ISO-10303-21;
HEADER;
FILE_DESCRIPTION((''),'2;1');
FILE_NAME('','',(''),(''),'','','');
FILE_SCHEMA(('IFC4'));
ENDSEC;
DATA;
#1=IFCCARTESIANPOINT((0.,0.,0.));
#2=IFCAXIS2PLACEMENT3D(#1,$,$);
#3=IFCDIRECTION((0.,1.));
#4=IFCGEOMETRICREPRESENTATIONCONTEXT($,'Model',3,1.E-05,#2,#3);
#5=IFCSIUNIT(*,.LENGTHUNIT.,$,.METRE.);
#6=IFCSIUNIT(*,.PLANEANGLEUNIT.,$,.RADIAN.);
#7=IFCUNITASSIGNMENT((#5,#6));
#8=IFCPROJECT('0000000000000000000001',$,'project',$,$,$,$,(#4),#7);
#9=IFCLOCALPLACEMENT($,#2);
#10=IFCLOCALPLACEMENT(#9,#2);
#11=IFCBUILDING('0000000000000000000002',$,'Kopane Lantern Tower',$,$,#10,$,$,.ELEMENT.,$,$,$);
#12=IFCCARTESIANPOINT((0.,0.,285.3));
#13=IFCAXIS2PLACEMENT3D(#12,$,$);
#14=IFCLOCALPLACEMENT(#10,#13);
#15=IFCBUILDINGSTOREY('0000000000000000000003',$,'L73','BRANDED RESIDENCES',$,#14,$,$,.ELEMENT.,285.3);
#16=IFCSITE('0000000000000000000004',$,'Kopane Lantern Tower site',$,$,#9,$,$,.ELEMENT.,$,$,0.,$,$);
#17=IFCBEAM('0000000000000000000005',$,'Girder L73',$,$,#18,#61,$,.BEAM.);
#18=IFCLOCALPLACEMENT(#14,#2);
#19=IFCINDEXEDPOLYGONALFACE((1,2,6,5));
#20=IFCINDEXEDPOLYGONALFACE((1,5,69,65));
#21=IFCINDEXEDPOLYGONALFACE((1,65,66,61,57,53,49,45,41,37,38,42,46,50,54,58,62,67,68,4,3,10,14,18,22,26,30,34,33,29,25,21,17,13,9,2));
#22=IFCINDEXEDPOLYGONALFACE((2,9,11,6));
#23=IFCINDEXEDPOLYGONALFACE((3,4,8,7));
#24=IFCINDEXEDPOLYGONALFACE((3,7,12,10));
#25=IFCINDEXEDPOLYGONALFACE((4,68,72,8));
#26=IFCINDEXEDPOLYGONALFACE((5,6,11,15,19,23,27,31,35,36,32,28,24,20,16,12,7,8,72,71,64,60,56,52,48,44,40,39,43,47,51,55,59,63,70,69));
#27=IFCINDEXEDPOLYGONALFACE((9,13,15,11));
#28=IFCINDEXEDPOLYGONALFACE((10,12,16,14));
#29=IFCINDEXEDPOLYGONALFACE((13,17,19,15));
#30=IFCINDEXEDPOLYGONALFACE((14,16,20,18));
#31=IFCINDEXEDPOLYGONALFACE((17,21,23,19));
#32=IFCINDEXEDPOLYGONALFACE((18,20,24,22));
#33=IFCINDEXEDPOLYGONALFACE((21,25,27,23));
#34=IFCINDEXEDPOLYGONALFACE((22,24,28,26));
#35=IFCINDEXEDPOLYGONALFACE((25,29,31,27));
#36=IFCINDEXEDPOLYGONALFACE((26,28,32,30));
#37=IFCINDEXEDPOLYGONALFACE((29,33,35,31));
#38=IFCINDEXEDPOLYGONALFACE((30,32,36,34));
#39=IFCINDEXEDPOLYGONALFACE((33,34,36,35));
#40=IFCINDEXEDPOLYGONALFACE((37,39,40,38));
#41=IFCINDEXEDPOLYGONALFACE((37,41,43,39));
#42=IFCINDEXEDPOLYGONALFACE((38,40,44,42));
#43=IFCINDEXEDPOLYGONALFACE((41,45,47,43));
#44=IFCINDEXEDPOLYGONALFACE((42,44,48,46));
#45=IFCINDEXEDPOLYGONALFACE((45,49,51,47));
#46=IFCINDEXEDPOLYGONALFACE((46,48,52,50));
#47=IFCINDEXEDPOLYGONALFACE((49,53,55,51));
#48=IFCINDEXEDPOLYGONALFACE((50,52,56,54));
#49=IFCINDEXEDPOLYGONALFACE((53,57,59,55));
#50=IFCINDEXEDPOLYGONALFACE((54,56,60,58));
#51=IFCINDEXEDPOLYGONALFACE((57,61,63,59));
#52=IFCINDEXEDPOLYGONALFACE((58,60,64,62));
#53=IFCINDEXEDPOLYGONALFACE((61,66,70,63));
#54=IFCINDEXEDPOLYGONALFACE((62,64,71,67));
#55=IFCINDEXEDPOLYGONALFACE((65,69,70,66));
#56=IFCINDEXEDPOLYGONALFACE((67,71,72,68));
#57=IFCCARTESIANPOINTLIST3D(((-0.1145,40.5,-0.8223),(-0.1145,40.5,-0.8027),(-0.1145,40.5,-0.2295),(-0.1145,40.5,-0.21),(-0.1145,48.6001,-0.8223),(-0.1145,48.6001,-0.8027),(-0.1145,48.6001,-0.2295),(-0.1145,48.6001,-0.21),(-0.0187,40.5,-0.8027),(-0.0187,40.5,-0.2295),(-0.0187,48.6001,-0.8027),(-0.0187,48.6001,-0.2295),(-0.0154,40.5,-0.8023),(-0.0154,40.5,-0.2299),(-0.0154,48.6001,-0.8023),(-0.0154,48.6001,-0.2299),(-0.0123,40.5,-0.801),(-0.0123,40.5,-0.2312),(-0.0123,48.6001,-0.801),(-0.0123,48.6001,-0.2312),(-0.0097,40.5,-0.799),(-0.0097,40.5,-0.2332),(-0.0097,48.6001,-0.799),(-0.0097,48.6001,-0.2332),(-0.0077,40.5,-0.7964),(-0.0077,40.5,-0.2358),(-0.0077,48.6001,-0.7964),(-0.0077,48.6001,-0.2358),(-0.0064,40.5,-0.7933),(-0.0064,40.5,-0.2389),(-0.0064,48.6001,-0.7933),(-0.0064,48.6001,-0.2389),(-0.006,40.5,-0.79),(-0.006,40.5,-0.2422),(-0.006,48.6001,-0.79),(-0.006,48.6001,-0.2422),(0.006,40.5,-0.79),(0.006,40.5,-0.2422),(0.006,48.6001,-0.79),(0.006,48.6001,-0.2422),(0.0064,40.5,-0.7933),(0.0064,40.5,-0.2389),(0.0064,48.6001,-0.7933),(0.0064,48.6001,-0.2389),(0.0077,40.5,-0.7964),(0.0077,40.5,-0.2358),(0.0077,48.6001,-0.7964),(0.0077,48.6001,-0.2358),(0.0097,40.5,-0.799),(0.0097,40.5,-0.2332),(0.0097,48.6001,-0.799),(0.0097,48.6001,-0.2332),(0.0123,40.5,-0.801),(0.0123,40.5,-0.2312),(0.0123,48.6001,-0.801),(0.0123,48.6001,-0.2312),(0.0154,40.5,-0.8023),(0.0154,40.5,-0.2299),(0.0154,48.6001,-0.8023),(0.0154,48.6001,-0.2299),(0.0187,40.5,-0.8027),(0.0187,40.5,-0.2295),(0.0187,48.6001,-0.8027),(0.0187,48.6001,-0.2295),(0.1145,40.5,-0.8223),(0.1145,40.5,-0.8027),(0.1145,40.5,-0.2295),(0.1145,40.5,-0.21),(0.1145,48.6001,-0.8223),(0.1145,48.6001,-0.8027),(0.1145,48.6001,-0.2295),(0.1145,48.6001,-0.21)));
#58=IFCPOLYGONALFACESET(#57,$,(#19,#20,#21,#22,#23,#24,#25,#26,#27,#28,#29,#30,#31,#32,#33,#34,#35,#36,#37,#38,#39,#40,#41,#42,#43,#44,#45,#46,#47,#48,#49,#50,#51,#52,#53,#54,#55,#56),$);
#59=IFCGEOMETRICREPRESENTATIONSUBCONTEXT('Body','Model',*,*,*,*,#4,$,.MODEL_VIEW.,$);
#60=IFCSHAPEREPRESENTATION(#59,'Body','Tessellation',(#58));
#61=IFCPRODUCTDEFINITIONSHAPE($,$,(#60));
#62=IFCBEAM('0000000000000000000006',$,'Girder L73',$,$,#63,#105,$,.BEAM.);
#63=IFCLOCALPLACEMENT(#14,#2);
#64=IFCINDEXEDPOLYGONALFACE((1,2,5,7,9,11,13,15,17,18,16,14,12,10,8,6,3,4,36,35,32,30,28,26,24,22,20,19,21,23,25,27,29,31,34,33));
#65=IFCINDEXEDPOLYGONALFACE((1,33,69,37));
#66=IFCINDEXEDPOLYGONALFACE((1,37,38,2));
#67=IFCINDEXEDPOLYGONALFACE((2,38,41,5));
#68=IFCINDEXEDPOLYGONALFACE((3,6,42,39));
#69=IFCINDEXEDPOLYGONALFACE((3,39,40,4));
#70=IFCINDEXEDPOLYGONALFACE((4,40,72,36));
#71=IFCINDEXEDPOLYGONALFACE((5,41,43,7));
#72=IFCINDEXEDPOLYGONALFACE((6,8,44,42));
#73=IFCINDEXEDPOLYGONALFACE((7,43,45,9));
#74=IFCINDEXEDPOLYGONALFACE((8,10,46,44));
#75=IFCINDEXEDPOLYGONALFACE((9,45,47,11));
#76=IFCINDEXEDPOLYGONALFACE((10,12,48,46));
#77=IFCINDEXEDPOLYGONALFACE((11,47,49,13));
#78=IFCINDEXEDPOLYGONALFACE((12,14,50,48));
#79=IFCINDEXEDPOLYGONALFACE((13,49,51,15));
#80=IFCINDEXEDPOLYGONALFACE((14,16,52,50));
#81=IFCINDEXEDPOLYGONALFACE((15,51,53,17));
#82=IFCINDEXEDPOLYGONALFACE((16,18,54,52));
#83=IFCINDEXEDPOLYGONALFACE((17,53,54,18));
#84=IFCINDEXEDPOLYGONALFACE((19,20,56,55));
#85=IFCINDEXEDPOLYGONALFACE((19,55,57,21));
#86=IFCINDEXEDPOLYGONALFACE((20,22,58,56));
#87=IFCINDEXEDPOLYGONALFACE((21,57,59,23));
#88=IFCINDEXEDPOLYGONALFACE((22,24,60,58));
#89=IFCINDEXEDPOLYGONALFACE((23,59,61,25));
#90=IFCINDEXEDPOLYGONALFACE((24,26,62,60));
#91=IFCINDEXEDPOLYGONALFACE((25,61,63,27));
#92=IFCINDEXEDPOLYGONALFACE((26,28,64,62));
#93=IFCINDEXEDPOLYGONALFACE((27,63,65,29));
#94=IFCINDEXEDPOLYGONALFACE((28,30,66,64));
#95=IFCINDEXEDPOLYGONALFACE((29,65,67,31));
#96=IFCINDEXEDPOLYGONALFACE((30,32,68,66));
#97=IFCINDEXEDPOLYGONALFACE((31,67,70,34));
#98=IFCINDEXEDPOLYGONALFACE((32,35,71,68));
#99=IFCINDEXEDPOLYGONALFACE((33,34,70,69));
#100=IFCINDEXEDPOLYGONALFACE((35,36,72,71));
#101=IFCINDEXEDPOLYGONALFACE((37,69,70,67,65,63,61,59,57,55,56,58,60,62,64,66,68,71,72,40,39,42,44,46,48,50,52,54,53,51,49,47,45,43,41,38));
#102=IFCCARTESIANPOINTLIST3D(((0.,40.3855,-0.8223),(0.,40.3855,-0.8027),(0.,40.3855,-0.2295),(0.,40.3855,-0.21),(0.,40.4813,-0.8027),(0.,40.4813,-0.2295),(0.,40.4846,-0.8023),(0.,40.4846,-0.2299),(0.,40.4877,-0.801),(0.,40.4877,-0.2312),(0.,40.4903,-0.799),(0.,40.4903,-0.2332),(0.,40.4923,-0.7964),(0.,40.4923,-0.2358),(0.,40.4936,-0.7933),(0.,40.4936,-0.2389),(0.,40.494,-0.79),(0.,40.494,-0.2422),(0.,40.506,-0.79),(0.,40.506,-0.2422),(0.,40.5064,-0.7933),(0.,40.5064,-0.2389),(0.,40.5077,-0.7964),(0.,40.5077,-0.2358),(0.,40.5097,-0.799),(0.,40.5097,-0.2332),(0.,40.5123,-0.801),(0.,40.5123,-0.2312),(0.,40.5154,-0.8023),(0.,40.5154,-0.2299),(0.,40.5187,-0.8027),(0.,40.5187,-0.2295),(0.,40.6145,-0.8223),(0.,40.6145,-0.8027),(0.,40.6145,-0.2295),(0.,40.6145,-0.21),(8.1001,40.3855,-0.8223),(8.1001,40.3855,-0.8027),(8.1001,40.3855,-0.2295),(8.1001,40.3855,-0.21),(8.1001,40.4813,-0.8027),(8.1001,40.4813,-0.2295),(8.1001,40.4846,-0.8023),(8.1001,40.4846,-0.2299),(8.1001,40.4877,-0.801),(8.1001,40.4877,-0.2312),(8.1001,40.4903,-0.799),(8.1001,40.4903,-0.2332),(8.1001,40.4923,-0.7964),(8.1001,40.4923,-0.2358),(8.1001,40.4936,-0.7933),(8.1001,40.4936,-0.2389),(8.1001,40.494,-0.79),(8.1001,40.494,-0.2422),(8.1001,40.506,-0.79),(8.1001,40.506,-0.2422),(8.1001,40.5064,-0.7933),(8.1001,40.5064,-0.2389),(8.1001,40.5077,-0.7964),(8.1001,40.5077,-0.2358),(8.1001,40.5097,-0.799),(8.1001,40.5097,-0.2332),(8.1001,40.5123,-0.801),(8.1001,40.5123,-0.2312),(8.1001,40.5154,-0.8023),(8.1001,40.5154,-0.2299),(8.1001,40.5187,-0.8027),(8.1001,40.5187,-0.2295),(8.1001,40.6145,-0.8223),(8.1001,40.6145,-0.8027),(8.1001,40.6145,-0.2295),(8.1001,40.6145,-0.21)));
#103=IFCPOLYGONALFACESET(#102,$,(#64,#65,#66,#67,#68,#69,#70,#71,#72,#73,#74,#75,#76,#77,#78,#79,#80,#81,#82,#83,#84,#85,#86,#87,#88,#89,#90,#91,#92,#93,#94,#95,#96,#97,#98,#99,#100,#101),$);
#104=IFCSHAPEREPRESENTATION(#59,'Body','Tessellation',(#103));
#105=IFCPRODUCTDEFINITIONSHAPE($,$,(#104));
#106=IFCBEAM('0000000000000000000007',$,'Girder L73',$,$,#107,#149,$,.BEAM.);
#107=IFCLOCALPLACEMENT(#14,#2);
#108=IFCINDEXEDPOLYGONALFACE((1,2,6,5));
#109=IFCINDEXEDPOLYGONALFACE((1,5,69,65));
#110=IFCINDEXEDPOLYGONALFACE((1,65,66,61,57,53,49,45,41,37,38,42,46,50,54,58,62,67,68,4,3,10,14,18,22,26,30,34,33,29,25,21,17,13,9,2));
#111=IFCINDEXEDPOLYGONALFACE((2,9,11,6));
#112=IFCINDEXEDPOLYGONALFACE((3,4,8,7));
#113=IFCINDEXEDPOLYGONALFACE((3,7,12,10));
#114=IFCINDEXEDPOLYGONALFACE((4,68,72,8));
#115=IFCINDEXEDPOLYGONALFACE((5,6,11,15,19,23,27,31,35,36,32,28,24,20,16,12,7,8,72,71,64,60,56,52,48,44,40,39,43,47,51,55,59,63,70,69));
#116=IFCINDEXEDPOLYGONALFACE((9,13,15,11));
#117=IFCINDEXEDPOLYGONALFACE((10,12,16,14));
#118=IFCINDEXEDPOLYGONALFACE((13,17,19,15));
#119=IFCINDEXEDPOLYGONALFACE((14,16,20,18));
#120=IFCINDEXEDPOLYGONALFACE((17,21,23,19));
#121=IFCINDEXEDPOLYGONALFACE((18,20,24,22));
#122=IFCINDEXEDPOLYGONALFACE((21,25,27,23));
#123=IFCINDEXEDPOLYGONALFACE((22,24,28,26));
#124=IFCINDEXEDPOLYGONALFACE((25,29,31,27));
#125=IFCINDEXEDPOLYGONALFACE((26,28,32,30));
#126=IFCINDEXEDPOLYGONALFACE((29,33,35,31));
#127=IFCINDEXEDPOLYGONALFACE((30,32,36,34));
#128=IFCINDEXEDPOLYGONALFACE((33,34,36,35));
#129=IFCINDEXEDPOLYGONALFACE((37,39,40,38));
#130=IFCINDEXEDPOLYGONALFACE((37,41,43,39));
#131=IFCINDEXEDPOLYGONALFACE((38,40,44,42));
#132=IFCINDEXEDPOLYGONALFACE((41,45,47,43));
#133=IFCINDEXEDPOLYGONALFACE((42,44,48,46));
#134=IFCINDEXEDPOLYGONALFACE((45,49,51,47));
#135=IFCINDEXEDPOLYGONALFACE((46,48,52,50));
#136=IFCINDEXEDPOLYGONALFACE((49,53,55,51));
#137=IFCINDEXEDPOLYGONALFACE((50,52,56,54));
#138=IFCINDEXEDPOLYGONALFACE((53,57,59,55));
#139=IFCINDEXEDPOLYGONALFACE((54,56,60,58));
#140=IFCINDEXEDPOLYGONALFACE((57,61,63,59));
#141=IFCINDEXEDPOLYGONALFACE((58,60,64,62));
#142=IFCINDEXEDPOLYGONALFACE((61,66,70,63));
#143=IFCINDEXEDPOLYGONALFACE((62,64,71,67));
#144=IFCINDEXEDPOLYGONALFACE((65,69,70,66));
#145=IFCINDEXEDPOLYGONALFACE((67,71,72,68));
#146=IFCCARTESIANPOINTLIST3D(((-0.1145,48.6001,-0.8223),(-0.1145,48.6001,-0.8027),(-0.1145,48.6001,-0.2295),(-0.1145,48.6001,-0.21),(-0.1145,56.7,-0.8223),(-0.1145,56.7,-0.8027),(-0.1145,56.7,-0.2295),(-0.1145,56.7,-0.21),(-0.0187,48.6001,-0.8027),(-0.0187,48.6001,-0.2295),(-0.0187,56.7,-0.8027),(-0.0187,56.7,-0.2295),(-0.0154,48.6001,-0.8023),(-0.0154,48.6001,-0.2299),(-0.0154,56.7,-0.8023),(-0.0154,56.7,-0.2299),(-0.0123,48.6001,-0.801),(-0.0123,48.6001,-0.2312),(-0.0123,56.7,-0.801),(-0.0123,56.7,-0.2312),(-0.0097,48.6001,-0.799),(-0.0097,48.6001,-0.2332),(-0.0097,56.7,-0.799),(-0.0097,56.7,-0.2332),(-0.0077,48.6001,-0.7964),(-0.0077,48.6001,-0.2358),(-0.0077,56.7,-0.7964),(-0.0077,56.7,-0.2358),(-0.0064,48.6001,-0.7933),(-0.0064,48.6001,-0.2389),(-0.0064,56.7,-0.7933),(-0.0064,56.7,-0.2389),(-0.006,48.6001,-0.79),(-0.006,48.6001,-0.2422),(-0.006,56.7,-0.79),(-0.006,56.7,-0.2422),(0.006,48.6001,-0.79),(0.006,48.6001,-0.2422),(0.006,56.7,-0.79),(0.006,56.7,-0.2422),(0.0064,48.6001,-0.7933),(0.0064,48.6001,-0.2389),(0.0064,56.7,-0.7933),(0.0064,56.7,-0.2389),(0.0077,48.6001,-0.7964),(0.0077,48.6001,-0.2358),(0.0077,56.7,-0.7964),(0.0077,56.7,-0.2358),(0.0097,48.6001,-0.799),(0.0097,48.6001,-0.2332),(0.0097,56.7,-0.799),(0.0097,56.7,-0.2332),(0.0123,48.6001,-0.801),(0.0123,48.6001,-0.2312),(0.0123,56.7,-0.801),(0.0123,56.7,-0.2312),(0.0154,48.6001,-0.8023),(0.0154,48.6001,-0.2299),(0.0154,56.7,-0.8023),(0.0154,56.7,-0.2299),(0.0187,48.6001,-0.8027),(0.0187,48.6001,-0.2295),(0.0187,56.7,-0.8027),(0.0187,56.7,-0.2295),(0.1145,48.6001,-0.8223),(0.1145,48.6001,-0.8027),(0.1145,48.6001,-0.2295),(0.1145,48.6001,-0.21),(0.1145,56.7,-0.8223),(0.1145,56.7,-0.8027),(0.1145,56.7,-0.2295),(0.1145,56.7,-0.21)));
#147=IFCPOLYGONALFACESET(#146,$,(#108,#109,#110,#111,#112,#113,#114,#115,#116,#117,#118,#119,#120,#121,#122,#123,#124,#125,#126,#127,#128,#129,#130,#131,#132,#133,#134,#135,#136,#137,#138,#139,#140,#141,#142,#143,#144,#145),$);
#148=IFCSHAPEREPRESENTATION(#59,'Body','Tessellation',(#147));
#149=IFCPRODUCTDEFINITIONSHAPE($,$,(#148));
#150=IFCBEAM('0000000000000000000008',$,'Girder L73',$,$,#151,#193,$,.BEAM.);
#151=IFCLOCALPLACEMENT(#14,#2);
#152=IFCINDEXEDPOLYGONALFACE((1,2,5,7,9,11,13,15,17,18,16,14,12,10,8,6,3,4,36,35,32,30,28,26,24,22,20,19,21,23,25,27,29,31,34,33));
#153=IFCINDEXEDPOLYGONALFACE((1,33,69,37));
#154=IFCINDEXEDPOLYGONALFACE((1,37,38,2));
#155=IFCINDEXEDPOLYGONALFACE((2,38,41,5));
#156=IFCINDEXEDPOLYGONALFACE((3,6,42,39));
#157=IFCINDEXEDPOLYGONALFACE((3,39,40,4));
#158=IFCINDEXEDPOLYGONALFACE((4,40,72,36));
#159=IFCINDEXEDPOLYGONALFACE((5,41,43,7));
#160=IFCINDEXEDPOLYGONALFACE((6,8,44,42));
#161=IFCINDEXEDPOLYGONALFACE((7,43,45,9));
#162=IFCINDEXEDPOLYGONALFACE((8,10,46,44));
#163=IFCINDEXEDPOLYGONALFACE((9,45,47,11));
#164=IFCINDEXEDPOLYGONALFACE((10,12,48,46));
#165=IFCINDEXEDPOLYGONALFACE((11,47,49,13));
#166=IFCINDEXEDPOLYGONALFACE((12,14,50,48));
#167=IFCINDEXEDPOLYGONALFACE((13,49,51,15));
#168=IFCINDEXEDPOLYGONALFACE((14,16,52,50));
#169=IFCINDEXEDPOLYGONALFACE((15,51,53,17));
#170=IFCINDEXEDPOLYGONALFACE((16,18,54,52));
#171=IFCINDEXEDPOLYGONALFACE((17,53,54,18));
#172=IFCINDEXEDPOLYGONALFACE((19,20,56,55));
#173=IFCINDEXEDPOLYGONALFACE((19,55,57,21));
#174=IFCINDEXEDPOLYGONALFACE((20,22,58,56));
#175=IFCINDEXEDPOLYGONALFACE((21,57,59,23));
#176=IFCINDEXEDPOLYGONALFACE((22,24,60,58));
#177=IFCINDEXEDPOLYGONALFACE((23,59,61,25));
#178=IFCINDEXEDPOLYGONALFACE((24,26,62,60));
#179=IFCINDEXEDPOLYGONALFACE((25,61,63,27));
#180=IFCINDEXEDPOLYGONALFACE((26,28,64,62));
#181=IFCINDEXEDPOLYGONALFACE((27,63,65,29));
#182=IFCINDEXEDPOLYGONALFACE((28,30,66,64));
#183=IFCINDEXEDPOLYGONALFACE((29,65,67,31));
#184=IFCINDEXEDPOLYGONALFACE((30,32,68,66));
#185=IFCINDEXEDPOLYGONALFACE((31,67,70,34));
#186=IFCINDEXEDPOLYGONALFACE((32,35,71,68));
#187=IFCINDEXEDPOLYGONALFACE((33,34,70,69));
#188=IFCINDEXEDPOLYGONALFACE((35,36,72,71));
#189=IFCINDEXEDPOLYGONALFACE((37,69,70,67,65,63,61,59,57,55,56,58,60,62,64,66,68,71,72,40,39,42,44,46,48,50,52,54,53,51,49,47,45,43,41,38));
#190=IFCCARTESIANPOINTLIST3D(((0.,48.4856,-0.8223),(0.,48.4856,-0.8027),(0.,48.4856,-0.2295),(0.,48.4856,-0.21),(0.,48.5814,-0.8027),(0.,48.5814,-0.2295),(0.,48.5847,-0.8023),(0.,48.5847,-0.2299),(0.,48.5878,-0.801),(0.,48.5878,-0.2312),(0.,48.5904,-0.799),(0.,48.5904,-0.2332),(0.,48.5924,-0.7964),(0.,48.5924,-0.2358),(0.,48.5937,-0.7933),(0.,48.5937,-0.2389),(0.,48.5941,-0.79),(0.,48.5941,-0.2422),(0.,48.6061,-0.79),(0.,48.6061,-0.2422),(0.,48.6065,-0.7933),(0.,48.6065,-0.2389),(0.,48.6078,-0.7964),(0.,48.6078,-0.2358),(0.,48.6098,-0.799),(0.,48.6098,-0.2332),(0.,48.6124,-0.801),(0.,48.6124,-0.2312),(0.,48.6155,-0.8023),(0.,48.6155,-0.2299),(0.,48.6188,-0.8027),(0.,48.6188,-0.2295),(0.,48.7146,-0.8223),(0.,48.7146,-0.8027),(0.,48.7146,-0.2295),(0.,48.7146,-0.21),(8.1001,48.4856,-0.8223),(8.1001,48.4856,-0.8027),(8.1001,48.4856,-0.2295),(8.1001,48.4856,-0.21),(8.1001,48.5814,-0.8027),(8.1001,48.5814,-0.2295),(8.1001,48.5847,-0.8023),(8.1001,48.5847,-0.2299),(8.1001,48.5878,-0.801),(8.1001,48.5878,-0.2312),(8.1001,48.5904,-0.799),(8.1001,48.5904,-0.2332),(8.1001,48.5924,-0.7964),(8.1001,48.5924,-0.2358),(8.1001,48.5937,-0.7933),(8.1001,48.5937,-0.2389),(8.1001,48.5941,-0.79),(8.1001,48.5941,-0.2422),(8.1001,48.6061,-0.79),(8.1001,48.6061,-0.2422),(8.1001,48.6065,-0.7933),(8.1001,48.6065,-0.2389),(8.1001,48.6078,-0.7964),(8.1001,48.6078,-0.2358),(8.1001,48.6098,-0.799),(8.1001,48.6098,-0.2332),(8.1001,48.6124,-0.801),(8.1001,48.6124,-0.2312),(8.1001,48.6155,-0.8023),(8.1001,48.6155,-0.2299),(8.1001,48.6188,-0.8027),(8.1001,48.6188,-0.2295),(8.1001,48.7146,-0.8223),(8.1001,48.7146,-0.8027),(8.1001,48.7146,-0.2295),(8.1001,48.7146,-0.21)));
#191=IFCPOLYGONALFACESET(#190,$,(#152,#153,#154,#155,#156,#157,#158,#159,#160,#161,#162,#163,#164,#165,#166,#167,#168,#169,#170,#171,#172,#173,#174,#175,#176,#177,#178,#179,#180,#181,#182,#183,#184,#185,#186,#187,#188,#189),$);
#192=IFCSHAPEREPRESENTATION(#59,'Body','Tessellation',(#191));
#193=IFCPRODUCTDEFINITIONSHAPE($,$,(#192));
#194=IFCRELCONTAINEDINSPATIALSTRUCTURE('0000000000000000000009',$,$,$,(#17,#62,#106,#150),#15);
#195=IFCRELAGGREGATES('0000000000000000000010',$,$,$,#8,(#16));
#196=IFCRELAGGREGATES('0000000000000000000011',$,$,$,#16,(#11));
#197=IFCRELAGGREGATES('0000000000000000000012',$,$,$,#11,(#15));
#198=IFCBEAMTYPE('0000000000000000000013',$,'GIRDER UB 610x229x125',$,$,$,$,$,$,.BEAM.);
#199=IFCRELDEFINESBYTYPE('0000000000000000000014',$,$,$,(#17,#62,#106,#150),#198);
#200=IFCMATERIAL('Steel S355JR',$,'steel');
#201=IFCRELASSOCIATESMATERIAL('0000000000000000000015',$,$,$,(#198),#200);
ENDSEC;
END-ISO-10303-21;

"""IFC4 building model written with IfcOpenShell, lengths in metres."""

from ifc_helpers import new_model, si_unit, direction, frame, origin, origin_2d, place, context, subcontext, project, spatial, i_section, extrude, material, material_profile, profile_set, type_object, element, save


model = new_model("IFC4")

# Units and contexts
model_context = context("Model", 3, precision=1e-05, world=origin(), true_north=direction((0.0, 1.0)))
body_context = subcontext(model_context, "Body", "Model", "MODEL_VIEW")
ifc_project = project(units=[si_unit("LENGTHUNIT", "METRE"), si_unit("PLANEANGLEUNIT", "RADIAN")], contexts=[model_context])

# Site, building, storey
site_placement = place(None, origin())
site = spatial("IfcSite", under=ifc_project, at=site_placement, Name="Kopane Lantern Tower site", CompositionType="ELEMENT", RefElevation=0.0)
building_placement = place(site_placement, origin())
building = spatial("IfcBuilding", under=site, at=building_placement, Name="Kopane Lantern Tower", CompositionType="ELEMENT")
storey_placement = place(building_placement, frame((0.0, 0.0, 285.3)))
storey = spatial("IfcBuildingStorey", under=building, at=storey_placement, Name="L73", Description="BRANDED RESIDENCES", CompositionType="ELEMENT", Elevation=285.3)

# Beams
ifc_material_1 = material(Name="Steel S355JR", Category="steel")
ifc_material_profile_1 = material_profile(ifc_material_1, i_section(OverallWidth=0.229, OverallDepth=0.6123, WebThickness=0.012, FlangeThickness=0.0195, FilletRadius=0.0127, at=origin_2d()), Name="UB 610x229x125")
ifc_profile_set_1 = profile_set([ifc_material_profile_1], Name="Steel S355JR")
beam_type = type_object("IfcBeamType", Name="GIRDER UB 610x229x125", PredefinedType="BEAM", material=ifc_profile_set_1)
for number, where, z_axis, x_axis, name in (
    (1, (0.0, 40.5, -0.5161), (0.0, 1.0, 0.0), (-1.0, 0.0, 0.0), "Girder L73"),
    (2, (0.0, 40.5, -0.5161), (1.0, 0.0, 0.0), (0.0, 1.0, 0.0), "Girder L73"),
):
    element("IfcBeam", number, at=place(storey_placement, frame(where, z_axis=z_axis, x_axis=x_axis)), inside=storey, type_object=beam_type, Name=name, PredefinedType="BEAM", context=body_context, shape_type="SweptSolid", body=[
        extrude(i_section(OverallWidth=0.229, OverallDepth=0.6123, WebThickness=0.012, FlangeThickness=0.0195, FilletRadius=0.0127, at=origin_2d()), origin(), (0.0, 0.0, 1.0), 8.1001),
    ])
beam_placement = place(storey_placement, frame((0.0, 48.6001, -0.5161), z_axis=(0.0, 1.0, 0.0), x_axis=(-1.0, 0.0, 0.0)))
element("IfcBeam", 3, at=beam_placement, inside=storey, type_object=beam_type, Name="Girder L73", PredefinedType="BEAM", context=body_context, shape_type="SweptSolid", body=[
    extrude(i_section(OverallWidth=0.229, OverallDepth=0.6123, WebThickness=0.012, FlangeThickness=0.0195, FilletRadius=0.0127, at=origin_2d()), origin(), (0.0, 0.0, 1.0), 8.0999),
])
for number, where, z_axis, x_axis, name in (
    (4, (0.0, 48.6001, -0.5161), (1.0, 0.0, 0.0), (0.0, 1.0, 0.0), "Girder L73"),
):
    element("IfcBeam", number, at=place(storey_placement, frame(where, z_axis=z_axis, x_axis=x_axis)), inside=storey, type_object=beam_type, Name=name, PredefinedType="BEAM", context=body_context, shape_type="SweptSolid", body=[
        extrude(i_section(OverallWidth=0.229, OverallDepth=0.6123, WebThickness=0.012, FlangeThickness=0.0195, FilletRadius=0.0127, at=origin_2d()), origin(), (0.0, 0.0, 1.0), 8.1001),
    ])

save(model, "model.ifc")
